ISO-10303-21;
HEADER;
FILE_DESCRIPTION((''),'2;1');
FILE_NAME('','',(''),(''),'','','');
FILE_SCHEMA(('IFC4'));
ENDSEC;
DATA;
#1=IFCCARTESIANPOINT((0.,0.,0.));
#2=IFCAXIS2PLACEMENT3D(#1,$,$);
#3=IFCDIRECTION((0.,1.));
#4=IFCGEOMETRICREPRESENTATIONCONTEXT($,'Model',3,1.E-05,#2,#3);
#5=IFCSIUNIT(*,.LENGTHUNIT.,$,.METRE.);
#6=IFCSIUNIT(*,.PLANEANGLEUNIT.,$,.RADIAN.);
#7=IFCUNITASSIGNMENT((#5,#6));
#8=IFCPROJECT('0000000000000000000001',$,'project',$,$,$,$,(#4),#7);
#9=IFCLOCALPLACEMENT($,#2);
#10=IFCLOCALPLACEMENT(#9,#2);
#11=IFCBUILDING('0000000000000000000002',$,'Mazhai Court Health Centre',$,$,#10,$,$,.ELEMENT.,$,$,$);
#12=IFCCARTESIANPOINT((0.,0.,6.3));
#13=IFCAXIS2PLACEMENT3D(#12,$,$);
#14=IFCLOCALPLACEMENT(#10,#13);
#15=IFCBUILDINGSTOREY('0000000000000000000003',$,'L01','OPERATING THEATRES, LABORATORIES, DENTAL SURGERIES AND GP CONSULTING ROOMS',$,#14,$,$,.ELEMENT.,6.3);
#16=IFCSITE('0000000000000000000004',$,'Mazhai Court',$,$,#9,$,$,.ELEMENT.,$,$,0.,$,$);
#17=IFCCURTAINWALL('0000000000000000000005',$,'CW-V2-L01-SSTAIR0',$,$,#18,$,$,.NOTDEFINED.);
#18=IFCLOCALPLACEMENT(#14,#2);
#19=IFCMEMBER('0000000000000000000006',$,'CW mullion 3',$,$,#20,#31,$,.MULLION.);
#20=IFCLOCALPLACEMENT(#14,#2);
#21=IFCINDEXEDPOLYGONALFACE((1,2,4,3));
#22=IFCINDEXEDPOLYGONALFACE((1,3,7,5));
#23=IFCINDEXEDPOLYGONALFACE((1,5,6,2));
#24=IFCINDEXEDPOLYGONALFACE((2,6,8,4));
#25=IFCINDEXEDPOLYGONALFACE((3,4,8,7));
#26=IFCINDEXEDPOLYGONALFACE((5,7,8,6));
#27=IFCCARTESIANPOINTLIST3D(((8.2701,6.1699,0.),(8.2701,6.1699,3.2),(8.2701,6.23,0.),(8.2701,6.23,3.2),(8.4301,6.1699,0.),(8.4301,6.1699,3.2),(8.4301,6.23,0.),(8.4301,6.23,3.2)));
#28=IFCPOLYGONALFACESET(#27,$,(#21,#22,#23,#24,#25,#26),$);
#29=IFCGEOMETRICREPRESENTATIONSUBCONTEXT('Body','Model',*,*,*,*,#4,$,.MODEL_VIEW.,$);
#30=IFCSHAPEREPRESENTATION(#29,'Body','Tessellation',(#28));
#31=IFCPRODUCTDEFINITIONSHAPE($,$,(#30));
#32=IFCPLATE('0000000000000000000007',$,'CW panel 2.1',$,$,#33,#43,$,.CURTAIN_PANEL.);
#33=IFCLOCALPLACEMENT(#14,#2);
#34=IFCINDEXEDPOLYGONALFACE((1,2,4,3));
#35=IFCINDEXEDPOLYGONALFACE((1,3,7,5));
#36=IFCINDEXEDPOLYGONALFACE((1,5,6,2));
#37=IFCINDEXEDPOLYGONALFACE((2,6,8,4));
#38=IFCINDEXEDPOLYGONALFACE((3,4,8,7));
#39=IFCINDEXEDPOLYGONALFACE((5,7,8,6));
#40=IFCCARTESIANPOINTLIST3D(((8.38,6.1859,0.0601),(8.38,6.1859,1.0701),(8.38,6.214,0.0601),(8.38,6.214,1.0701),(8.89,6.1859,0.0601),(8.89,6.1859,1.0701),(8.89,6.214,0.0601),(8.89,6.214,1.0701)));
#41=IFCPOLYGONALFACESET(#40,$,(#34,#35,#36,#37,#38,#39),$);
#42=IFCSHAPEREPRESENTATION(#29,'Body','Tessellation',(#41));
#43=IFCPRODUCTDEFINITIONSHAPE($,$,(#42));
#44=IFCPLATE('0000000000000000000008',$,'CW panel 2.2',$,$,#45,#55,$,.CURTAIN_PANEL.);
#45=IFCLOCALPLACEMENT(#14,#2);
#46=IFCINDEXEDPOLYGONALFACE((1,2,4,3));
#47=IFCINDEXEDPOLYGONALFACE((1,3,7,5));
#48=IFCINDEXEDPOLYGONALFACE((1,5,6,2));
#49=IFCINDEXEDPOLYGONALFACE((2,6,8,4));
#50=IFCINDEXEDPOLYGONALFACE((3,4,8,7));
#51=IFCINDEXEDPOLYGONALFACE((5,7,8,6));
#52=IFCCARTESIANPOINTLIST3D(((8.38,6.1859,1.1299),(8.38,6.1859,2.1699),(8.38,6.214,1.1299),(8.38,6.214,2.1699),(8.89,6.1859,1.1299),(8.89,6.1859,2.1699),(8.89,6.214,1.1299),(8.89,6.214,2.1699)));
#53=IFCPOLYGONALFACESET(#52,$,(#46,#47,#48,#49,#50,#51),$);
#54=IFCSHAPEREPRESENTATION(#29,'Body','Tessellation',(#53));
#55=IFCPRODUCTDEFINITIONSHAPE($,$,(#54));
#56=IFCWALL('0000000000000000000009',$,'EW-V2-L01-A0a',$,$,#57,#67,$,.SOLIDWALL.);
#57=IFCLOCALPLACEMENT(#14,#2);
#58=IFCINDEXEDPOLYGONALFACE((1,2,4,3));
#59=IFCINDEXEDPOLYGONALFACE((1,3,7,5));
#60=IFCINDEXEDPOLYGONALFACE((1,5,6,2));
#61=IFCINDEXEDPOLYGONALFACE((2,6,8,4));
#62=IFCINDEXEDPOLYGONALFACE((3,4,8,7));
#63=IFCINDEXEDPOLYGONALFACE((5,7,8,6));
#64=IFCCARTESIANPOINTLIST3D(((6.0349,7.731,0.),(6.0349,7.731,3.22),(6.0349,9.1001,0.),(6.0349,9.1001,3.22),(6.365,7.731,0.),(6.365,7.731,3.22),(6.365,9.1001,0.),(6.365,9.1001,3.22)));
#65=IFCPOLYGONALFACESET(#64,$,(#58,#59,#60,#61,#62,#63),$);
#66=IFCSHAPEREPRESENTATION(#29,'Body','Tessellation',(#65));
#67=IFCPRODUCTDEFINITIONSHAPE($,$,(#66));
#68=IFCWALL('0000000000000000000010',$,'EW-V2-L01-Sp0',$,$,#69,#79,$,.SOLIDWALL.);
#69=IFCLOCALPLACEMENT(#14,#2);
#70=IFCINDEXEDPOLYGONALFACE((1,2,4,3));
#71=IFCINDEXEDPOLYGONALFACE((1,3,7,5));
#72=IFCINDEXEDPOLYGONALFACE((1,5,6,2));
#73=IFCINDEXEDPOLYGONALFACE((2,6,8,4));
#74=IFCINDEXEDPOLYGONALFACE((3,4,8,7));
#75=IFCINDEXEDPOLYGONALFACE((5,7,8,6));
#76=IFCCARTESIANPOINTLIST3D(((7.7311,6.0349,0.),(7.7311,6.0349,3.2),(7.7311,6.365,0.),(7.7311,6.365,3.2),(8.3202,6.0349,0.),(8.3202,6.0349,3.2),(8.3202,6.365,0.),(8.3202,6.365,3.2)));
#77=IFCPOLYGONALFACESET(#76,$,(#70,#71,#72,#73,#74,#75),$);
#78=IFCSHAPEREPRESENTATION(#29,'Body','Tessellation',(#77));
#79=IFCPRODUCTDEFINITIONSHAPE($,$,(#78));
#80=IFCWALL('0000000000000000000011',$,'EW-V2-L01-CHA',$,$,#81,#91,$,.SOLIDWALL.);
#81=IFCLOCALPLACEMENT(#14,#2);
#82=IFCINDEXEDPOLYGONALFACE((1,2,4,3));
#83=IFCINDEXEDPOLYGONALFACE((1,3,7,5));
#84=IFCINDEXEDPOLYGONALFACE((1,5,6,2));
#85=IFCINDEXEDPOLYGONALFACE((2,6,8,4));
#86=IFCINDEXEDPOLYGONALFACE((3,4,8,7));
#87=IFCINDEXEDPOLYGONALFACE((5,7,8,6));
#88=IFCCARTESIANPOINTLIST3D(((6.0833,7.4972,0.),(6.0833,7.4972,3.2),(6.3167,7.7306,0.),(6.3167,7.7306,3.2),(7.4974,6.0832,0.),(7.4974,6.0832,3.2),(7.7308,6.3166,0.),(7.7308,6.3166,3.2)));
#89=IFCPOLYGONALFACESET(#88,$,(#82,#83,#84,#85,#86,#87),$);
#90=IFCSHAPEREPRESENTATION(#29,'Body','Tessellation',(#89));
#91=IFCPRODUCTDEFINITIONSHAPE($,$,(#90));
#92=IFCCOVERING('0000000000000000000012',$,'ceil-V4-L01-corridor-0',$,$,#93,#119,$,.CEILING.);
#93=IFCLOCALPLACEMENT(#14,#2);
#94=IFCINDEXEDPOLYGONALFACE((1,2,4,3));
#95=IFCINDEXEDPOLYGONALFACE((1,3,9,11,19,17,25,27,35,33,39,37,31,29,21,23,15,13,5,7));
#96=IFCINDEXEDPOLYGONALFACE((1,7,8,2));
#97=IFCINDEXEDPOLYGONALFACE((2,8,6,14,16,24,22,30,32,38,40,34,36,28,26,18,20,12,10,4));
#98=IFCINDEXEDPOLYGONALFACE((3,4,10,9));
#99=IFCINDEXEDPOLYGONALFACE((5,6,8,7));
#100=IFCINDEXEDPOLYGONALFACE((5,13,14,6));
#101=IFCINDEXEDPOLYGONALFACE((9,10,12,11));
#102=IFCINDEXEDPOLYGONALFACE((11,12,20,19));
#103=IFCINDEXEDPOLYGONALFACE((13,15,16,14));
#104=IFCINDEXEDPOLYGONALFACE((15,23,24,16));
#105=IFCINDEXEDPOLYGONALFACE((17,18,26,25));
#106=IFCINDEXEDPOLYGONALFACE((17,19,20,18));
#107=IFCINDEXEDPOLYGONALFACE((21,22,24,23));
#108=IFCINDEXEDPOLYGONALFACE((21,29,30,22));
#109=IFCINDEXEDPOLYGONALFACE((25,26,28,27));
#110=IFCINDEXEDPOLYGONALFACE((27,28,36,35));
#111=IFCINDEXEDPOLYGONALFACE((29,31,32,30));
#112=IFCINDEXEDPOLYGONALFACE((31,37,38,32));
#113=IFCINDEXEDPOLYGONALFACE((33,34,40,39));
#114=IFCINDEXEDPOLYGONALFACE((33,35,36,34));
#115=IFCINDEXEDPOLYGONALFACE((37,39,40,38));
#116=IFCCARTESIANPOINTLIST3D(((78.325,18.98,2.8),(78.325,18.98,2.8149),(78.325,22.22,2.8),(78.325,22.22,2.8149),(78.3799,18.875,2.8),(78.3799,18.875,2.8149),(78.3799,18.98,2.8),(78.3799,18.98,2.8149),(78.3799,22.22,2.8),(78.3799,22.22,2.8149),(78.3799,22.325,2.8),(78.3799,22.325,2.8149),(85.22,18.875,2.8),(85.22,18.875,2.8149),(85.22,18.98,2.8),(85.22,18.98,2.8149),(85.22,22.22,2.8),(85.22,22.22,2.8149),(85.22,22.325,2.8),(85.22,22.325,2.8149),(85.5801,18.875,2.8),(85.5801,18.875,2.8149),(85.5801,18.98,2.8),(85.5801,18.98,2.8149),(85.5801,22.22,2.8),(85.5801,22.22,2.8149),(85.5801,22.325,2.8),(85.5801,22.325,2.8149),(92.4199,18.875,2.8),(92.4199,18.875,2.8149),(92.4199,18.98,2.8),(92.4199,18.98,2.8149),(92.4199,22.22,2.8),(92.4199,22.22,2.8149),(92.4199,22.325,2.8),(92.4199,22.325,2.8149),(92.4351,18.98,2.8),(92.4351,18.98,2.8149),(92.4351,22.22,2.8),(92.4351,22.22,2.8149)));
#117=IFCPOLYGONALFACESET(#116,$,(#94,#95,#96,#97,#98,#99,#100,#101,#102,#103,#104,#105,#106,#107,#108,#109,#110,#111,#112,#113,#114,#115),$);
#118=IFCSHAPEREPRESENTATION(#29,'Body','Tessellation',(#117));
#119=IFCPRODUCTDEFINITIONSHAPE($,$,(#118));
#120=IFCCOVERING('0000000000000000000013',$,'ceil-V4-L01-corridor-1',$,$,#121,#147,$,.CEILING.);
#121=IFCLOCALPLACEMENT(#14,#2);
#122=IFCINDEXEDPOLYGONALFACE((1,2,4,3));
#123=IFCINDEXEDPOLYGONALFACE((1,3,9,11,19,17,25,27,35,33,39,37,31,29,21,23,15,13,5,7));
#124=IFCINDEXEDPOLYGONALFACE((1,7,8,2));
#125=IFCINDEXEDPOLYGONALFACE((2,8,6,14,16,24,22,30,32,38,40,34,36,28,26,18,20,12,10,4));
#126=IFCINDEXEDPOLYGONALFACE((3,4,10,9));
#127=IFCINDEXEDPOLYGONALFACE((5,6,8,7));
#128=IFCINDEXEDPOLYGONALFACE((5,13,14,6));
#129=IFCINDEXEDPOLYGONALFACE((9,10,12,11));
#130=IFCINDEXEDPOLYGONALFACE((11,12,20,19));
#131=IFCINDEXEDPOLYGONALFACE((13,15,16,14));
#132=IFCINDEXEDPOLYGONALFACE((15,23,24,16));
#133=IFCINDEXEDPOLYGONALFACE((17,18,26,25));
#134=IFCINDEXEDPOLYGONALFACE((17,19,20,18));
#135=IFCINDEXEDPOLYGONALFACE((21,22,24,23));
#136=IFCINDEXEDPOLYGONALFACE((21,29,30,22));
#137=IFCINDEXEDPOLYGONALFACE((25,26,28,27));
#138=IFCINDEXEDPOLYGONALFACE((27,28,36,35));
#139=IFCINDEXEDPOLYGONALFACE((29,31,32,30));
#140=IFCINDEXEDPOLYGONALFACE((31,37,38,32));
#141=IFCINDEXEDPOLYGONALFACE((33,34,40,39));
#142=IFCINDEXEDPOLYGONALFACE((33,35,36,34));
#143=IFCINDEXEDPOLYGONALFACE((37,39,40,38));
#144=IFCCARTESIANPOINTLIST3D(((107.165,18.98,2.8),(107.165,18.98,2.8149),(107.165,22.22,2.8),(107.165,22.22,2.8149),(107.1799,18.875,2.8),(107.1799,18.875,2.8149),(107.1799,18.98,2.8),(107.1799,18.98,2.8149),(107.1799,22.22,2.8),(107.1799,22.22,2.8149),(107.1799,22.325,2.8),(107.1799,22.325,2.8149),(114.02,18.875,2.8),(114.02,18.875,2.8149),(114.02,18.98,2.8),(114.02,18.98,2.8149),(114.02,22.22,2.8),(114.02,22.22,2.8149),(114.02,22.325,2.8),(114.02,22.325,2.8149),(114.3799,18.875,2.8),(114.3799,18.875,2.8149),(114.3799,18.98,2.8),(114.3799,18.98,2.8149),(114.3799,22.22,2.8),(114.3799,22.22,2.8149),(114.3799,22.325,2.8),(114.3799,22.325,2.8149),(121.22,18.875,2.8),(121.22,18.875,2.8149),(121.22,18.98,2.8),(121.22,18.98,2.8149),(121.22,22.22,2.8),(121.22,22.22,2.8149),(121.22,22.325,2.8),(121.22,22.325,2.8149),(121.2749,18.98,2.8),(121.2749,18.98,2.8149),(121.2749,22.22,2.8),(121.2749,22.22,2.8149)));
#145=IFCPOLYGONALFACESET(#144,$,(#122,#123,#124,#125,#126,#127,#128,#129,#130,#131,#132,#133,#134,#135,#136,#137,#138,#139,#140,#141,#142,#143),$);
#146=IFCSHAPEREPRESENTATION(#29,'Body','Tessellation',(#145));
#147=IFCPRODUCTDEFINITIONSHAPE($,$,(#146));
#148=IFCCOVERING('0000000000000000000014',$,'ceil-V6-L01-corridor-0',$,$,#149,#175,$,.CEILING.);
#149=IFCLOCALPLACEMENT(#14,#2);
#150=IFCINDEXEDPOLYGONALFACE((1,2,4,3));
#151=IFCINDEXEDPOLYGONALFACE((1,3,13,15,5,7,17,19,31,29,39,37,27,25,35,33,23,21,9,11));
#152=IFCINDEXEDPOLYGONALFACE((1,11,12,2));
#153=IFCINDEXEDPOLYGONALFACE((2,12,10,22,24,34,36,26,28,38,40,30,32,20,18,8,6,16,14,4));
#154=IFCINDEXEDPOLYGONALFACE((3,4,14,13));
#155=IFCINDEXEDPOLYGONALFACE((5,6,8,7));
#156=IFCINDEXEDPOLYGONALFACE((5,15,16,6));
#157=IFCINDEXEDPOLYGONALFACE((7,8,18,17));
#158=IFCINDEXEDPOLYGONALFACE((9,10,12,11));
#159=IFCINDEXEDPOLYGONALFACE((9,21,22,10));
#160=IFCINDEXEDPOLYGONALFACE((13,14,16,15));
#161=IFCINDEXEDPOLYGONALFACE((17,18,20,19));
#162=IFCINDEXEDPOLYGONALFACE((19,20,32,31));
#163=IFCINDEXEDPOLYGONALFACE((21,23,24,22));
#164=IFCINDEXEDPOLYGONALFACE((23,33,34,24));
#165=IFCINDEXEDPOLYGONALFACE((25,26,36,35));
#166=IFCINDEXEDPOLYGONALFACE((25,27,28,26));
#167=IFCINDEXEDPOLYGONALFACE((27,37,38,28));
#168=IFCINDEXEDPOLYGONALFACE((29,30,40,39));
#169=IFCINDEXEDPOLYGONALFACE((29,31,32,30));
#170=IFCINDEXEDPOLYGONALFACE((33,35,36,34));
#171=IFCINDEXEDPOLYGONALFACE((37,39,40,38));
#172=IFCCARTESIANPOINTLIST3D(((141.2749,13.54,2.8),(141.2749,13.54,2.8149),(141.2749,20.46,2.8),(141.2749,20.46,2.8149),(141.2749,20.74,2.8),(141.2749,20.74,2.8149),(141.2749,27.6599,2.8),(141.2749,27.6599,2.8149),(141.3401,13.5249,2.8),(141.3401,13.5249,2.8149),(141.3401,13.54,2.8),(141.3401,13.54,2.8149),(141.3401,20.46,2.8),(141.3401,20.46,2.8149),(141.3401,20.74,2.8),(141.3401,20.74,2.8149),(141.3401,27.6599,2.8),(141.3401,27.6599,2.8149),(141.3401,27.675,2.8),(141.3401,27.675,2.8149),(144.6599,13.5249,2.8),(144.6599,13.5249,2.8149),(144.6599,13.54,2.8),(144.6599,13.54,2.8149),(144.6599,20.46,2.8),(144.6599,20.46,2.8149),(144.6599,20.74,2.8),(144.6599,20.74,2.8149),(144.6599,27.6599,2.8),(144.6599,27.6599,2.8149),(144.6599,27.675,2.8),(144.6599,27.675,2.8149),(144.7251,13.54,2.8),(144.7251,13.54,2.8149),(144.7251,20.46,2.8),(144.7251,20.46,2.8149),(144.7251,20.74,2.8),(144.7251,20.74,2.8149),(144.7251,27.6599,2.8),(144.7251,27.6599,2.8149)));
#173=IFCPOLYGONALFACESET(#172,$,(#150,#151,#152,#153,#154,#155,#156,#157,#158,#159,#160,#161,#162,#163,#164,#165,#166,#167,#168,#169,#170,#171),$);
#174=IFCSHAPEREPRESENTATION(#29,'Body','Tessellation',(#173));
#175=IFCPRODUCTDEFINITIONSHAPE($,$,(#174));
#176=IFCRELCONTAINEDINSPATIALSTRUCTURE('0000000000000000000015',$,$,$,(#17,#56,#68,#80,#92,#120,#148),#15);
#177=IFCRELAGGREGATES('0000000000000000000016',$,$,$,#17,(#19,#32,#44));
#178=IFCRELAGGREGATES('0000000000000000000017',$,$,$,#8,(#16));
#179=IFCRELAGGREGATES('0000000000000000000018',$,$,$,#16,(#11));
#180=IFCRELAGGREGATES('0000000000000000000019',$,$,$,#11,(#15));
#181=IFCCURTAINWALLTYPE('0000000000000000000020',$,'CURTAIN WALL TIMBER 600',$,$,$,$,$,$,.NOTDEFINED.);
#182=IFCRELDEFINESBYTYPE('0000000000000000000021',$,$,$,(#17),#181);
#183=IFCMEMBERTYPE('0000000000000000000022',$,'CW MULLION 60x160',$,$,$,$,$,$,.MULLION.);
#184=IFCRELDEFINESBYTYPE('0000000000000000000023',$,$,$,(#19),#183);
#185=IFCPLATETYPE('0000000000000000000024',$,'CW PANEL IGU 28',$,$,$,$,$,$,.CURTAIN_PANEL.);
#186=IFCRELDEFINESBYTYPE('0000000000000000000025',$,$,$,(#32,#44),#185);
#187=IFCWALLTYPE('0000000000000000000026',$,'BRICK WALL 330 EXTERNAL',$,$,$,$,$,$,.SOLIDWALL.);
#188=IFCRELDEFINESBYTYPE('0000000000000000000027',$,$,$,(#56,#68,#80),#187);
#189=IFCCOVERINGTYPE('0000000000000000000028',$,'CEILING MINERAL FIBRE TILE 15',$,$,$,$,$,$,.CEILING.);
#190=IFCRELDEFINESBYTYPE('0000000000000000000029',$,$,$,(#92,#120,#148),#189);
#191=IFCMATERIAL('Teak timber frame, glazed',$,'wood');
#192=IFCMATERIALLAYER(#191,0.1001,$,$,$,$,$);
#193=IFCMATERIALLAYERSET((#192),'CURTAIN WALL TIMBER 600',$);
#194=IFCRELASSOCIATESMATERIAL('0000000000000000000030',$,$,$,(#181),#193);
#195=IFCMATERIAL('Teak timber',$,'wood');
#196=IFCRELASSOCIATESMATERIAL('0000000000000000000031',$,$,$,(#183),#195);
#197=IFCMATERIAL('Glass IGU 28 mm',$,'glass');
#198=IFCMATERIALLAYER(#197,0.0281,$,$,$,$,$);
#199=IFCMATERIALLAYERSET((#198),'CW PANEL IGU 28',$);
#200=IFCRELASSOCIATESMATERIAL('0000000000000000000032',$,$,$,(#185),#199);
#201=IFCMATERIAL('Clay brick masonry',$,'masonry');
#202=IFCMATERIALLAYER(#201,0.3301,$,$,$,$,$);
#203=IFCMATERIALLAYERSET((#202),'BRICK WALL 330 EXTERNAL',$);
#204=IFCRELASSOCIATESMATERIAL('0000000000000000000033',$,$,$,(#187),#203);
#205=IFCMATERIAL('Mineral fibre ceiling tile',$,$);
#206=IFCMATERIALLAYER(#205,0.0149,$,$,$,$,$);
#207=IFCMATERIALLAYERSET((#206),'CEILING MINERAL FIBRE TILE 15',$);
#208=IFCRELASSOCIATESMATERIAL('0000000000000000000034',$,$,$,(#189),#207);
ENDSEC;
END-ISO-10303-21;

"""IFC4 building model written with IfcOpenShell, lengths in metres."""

from ifc_helpers import new_model, si_unit, direction, frame, frame_2d, origin, origin_2d, place, context, subcontext, project, spatial, polyline, rectangle, outline, extrude, material, layer, layer_set, material_profile, profile_set, type_object, element, aggregate, save


model = new_model("IFC4")

# Units and contexts
model_context = context("Model", 3, precision=1e-05, world=origin(), true_north=direction((0.0, 1.0)))
body_context = subcontext(model_context, "Body", "Model", "MODEL_VIEW")
ifc_project = project(units=[si_unit("LENGTHUNIT", "METRE"), si_unit("PLANEANGLEUNIT", "RADIAN")], contexts=[model_context])

# Site, building, storey
site_placement = place(None, origin())
site = spatial("IfcSite", under=ifc_project, at=site_placement, Name="Mazhai Court", CompositionType="ELEMENT", RefElevation=0.0)
building_placement = place(site_placement, origin())
building = spatial("IfcBuilding", under=site, at=building_placement, Name="Mazhai Court Health Centre", CompositionType="ELEMENT")
storey_placement = place(building_placement, frame((0.0, 0.0, 6.3)))
storey = spatial("IfcBuildingStorey", under=building, at=storey_placement, Name="L01", Description="OPERATING THEATRES, LABORATORIES, DENTAL SURGERIES AND GP CONSULTING ROOMS", CompositionType="ELEMENT", Elevation=6.3)

# Curtain wall, member, plates
ifc_material_1 = material(Name="Teak timber frame, glazed", Category="wood")
ifc_layer_1 = layer(ifc_material_1, 0.1001)
ifc_layer_set_1 = layer_set([ifc_layer_1], Name="CURTAIN WALL TIMBER 600")
curtain_wall_type = type_object("IfcCurtainWallType", Name="CURTAIN WALL TIMBER 600", PredefinedType="NOTDEFINED", material=ifc_layer_set_1)
curtain_wall_placement = place(storey_placement, origin())
curtain_wall = element("IfcCurtainWall", 1, at=curtain_wall_placement, inside=storey, type_object=curtain_wall_type, Name="CW-V2-L01-SSTAIR0", PredefinedType="NOTDEFINED")
ifc_material_2 = material(Name="Teak timber", Category="wood")
ifc_material_profile = material_profile(ifc_material_2, rectangle(XDim=0.0601, YDim=0.1599, at=origin_2d()), Name="CW MULLION 60x160")
ifc_profile_set = profile_set([ifc_material_profile], Name="Teak timber")
member_type = type_object("IfcMemberType", Name="CW MULLION 60x160", PredefinedType="MULLION", material=ifc_profile_set)
member_placement = place(storey_placement, frame((8.3501, 6.2, 0.0), z_axis=(0.0, 0.0, 1.0), x_axis=(0.0, -1.0, 0.0)))
member = element("IfcMember", 2, at=member_placement, type_object=member_type, Name="CW mullion 3", PredefinedType="MULLION", context=body_context, shape_type="SweptSolid", body=[
    extrude(rectangle(XDim=0.0601, YDim=0.1599, at=origin_2d()), origin(), (0.0, 0.0, 1.0), 3.2),
])
ifc_material_3 = material(Name="Glass IGU 28 mm", Category="glass")
ifc_layer_2 = layer(ifc_material_3, 0.0281)
ifc_layer_set_2 = layer_set([ifc_layer_2], Name="CW PANEL IGU 28")
plate_type = type_object("IfcPlateType", Name="CW PANEL IGU 28", PredefinedType="CURTAIN_PANEL", material=ifc_layer_set_2)
plate_1_placement = place(storey_placement, frame((8.635, 6.2, 0.0601), z_axis=(0.0, 0.0, 1.0), x_axis=(-1.0, 0.0, 0.0)))
plate_1 = element("IfcPlate", 3, at=plate_1_placement, type_object=plate_type, Name="CW panel 2.1", PredefinedType="CURTAIN_PANEL", context=body_context, shape_type="SweptSolid", body=[
    extrude(rectangle(XDim=0.51, YDim=0.0281, at=origin_2d()), origin(), (0.0, 0.0, 1.0), 1.01),
])
plate_2_placement = place(storey_placement, frame((8.635, 6.2, 1.1299), z_axis=(0.0, 0.0, 1.0), x_axis=(-1.0, 0.0, 0.0)))
plate_2 = element("IfcPlate", 4, at=plate_2_placement, type_object=plate_type, Name="CW panel 2.2", PredefinedType="CURTAIN_PANEL", context=body_context, shape_type="SweptSolid", body=[
    extrude(rectangle(XDim=0.51, YDim=0.0281, at=origin_2d()), origin(), (0.0, 0.0, 1.0), 1.04),
])
aggregate(curtain_wall, [member, plate_1, plate_2])

# Walls
ifc_material_4 = material(Name="Clay brick masonry", Category="masonry")
ifc_layer_3 = layer(ifc_material_4, 0.3301)
ifc_layer_set_3 = layer_set([ifc_layer_3], Name="BRICK WALL 330 EXTERNAL")
wall_type = type_object("IfcWallType", Name="BRICK WALL 330 EXTERNAL", PredefinedType="SOLIDWALL", material=ifc_layer_set_3)
wall_1_placement = place(storey_placement, frame((6.2, 7.731, 0.0), z_axis=(0.0, 0.0, 1.0), x_axis=(0.0, 1.0, 0.0)))
element("IfcWall", 5, at=wall_1_placement, inside=storey, type_object=wall_type, Name="EW-V2-L01-A0a", PredefinedType="SOLIDWALL", context=body_context, shape_type="SweptSolid", body=[
    extrude(rectangle(XDim=1.3691, YDim=0.3301, at=frame_2d((0.6846, 0.0))), origin(), (0.0, 0.0, 1.0), 3.22),
])
wall_2_placement = place(storey_placement, frame((8.3201, 6.2, 0.0), z_axis=(0.0, 0.0, 1.0), x_axis=(-1.0, 0.0, 0.0)))
element("IfcWall", 6, at=wall_2_placement, inside=storey, type_object=wall_type, Name="EW-V2-L01-Sp0", PredefinedType="SOLIDWALL", context=body_context, shape_type="SweptSolid", body=[
    extrude(rectangle(XDim=0.5891, YDim=0.3301, at=frame_2d((0.2944, 0.0))), origin(), (0.0, 0.0, 1.0), 3.2),
])
wall_3_placement = place(storey_placement, frame((6.2, 7.614, 0.0), z_axis=(0.0, 0.0, 1.0), x_axis=(0.707107, -0.707107, 0.0)))
element("IfcWall", 7, at=wall_3_placement, inside=storey, type_object=wall_type, Name="EW-V2-L01-CHA", PredefinedType="SOLIDWALL", context=body_context, shape_type="SweptSolid", body=[
    extrude(rectangle(XDim=1.9998, YDim=0.3301, at=frame_2d((1.0, 0.0))), origin(), (0.0, 0.0, 1.0), 3.2),
])

# Coverings
ifc_material_5 = material(Name="Mineral fibre ceiling tile")
ifc_layer_4 = layer(ifc_material_5, 0.0149)
ifc_layer_set_4 = layer_set([ifc_layer_4], Name="CEILING MINERAL FIBRE TILE 15")
covering_type_1 = type_object("IfcCoveringType", Name="CEILING MINERAL FIBRE TILE 15", PredefinedType="CEILING", material=ifc_layer_set_4)
covering_1_placement = place(storey_placement, frame((0.0, 0.0, 2.8)))
element("IfcCovering", 8, at=covering_1_placement, inside=storey, type_object=covering_type_1, Name="ceil-V4-L01-corridor-0", PredefinedType="CEILING", context=body_context, shape_type="SweptSolid", body=[
    extrude(outline(polyline([(92.4351, 22.22), (92.4199, 22.22), (92.4199, 22.325), (85.5801, 22.325), (85.5801, 22.22), (85.22, 22.22), (85.22, 22.325), (78.3799, 22.325), (78.3799, 22.22), (78.325, 22.22), (78.325, 18.98), (78.3799, 18.98), (78.3799, 18.875), (85.22, 18.875), (85.22, 18.98), (85.5801, 18.98), (85.5801, 18.875), (92.4199, 18.875), (92.4199, 18.98), (92.4351, 18.98), (92.4351, 22.22)])), origin(), (0.0, 0.0, 1.0), 0.0149),
])
covering_2_placement = place(storey_placement, frame((0.0, 0.0, 2.8)))
element("IfcCovering", 9, at=covering_2_placement, inside=storey, type_object=covering_type_1, Name="ceil-V4-L01-corridor-1", PredefinedType="CEILING", context=body_context, shape_type="SweptSolid", body=[
    extrude(outline(polyline([(121.2749, 22.22), (121.22, 22.22), (121.22, 22.325), (114.3799, 22.325), (114.3799, 22.22), (114.02, 22.22), (114.02, 22.325), (107.1799, 22.325), (107.1799, 22.22), (107.165, 22.22), (107.165, 18.98), (107.1799, 18.98), (107.1799, 18.875), (114.02, 18.875), (114.02, 18.98), (114.3799, 18.98), (114.3799, 18.875), (121.22, 18.875), (121.22, 18.98), (121.2749, 18.98), (121.2749, 22.22)])), origin(), (0.0, 0.0, 1.0), 0.0149),
])
covering_3_placement = place(storey_placement, frame((0.0, 0.0, 2.8)))
element("IfcCovering", 10, at=covering_3_placement, inside=storey, type_object=covering_type_1, Name="ceil-V6-L01-corridor-0", PredefinedType="CEILING", context=body_context, shape_type="SweptSolid", body=[
    extrude(outline(polyline([(144.6599, 13.5249), (144.6599, 13.54), (144.7251, 13.54), (144.7251, 20.46), (144.6599, 20.46), (144.6599, 20.74), (144.7251, 20.74), (144.7251, 27.6599), (144.6599, 27.6599), (144.6599, 27.675), (141.3401, 27.675), (141.3401, 27.6599), (141.2749, 27.6599), (141.2749, 20.74), (141.3401, 20.74), (141.3401, 20.46), (141.2749, 20.46), (141.2749, 13.54), (141.3401, 13.54), (141.3401, 13.5249), (144.6599, 13.5249)])), origin(), (0.0, 0.0, 1.0), 0.0149),
])

save(model, "model.ifc")
